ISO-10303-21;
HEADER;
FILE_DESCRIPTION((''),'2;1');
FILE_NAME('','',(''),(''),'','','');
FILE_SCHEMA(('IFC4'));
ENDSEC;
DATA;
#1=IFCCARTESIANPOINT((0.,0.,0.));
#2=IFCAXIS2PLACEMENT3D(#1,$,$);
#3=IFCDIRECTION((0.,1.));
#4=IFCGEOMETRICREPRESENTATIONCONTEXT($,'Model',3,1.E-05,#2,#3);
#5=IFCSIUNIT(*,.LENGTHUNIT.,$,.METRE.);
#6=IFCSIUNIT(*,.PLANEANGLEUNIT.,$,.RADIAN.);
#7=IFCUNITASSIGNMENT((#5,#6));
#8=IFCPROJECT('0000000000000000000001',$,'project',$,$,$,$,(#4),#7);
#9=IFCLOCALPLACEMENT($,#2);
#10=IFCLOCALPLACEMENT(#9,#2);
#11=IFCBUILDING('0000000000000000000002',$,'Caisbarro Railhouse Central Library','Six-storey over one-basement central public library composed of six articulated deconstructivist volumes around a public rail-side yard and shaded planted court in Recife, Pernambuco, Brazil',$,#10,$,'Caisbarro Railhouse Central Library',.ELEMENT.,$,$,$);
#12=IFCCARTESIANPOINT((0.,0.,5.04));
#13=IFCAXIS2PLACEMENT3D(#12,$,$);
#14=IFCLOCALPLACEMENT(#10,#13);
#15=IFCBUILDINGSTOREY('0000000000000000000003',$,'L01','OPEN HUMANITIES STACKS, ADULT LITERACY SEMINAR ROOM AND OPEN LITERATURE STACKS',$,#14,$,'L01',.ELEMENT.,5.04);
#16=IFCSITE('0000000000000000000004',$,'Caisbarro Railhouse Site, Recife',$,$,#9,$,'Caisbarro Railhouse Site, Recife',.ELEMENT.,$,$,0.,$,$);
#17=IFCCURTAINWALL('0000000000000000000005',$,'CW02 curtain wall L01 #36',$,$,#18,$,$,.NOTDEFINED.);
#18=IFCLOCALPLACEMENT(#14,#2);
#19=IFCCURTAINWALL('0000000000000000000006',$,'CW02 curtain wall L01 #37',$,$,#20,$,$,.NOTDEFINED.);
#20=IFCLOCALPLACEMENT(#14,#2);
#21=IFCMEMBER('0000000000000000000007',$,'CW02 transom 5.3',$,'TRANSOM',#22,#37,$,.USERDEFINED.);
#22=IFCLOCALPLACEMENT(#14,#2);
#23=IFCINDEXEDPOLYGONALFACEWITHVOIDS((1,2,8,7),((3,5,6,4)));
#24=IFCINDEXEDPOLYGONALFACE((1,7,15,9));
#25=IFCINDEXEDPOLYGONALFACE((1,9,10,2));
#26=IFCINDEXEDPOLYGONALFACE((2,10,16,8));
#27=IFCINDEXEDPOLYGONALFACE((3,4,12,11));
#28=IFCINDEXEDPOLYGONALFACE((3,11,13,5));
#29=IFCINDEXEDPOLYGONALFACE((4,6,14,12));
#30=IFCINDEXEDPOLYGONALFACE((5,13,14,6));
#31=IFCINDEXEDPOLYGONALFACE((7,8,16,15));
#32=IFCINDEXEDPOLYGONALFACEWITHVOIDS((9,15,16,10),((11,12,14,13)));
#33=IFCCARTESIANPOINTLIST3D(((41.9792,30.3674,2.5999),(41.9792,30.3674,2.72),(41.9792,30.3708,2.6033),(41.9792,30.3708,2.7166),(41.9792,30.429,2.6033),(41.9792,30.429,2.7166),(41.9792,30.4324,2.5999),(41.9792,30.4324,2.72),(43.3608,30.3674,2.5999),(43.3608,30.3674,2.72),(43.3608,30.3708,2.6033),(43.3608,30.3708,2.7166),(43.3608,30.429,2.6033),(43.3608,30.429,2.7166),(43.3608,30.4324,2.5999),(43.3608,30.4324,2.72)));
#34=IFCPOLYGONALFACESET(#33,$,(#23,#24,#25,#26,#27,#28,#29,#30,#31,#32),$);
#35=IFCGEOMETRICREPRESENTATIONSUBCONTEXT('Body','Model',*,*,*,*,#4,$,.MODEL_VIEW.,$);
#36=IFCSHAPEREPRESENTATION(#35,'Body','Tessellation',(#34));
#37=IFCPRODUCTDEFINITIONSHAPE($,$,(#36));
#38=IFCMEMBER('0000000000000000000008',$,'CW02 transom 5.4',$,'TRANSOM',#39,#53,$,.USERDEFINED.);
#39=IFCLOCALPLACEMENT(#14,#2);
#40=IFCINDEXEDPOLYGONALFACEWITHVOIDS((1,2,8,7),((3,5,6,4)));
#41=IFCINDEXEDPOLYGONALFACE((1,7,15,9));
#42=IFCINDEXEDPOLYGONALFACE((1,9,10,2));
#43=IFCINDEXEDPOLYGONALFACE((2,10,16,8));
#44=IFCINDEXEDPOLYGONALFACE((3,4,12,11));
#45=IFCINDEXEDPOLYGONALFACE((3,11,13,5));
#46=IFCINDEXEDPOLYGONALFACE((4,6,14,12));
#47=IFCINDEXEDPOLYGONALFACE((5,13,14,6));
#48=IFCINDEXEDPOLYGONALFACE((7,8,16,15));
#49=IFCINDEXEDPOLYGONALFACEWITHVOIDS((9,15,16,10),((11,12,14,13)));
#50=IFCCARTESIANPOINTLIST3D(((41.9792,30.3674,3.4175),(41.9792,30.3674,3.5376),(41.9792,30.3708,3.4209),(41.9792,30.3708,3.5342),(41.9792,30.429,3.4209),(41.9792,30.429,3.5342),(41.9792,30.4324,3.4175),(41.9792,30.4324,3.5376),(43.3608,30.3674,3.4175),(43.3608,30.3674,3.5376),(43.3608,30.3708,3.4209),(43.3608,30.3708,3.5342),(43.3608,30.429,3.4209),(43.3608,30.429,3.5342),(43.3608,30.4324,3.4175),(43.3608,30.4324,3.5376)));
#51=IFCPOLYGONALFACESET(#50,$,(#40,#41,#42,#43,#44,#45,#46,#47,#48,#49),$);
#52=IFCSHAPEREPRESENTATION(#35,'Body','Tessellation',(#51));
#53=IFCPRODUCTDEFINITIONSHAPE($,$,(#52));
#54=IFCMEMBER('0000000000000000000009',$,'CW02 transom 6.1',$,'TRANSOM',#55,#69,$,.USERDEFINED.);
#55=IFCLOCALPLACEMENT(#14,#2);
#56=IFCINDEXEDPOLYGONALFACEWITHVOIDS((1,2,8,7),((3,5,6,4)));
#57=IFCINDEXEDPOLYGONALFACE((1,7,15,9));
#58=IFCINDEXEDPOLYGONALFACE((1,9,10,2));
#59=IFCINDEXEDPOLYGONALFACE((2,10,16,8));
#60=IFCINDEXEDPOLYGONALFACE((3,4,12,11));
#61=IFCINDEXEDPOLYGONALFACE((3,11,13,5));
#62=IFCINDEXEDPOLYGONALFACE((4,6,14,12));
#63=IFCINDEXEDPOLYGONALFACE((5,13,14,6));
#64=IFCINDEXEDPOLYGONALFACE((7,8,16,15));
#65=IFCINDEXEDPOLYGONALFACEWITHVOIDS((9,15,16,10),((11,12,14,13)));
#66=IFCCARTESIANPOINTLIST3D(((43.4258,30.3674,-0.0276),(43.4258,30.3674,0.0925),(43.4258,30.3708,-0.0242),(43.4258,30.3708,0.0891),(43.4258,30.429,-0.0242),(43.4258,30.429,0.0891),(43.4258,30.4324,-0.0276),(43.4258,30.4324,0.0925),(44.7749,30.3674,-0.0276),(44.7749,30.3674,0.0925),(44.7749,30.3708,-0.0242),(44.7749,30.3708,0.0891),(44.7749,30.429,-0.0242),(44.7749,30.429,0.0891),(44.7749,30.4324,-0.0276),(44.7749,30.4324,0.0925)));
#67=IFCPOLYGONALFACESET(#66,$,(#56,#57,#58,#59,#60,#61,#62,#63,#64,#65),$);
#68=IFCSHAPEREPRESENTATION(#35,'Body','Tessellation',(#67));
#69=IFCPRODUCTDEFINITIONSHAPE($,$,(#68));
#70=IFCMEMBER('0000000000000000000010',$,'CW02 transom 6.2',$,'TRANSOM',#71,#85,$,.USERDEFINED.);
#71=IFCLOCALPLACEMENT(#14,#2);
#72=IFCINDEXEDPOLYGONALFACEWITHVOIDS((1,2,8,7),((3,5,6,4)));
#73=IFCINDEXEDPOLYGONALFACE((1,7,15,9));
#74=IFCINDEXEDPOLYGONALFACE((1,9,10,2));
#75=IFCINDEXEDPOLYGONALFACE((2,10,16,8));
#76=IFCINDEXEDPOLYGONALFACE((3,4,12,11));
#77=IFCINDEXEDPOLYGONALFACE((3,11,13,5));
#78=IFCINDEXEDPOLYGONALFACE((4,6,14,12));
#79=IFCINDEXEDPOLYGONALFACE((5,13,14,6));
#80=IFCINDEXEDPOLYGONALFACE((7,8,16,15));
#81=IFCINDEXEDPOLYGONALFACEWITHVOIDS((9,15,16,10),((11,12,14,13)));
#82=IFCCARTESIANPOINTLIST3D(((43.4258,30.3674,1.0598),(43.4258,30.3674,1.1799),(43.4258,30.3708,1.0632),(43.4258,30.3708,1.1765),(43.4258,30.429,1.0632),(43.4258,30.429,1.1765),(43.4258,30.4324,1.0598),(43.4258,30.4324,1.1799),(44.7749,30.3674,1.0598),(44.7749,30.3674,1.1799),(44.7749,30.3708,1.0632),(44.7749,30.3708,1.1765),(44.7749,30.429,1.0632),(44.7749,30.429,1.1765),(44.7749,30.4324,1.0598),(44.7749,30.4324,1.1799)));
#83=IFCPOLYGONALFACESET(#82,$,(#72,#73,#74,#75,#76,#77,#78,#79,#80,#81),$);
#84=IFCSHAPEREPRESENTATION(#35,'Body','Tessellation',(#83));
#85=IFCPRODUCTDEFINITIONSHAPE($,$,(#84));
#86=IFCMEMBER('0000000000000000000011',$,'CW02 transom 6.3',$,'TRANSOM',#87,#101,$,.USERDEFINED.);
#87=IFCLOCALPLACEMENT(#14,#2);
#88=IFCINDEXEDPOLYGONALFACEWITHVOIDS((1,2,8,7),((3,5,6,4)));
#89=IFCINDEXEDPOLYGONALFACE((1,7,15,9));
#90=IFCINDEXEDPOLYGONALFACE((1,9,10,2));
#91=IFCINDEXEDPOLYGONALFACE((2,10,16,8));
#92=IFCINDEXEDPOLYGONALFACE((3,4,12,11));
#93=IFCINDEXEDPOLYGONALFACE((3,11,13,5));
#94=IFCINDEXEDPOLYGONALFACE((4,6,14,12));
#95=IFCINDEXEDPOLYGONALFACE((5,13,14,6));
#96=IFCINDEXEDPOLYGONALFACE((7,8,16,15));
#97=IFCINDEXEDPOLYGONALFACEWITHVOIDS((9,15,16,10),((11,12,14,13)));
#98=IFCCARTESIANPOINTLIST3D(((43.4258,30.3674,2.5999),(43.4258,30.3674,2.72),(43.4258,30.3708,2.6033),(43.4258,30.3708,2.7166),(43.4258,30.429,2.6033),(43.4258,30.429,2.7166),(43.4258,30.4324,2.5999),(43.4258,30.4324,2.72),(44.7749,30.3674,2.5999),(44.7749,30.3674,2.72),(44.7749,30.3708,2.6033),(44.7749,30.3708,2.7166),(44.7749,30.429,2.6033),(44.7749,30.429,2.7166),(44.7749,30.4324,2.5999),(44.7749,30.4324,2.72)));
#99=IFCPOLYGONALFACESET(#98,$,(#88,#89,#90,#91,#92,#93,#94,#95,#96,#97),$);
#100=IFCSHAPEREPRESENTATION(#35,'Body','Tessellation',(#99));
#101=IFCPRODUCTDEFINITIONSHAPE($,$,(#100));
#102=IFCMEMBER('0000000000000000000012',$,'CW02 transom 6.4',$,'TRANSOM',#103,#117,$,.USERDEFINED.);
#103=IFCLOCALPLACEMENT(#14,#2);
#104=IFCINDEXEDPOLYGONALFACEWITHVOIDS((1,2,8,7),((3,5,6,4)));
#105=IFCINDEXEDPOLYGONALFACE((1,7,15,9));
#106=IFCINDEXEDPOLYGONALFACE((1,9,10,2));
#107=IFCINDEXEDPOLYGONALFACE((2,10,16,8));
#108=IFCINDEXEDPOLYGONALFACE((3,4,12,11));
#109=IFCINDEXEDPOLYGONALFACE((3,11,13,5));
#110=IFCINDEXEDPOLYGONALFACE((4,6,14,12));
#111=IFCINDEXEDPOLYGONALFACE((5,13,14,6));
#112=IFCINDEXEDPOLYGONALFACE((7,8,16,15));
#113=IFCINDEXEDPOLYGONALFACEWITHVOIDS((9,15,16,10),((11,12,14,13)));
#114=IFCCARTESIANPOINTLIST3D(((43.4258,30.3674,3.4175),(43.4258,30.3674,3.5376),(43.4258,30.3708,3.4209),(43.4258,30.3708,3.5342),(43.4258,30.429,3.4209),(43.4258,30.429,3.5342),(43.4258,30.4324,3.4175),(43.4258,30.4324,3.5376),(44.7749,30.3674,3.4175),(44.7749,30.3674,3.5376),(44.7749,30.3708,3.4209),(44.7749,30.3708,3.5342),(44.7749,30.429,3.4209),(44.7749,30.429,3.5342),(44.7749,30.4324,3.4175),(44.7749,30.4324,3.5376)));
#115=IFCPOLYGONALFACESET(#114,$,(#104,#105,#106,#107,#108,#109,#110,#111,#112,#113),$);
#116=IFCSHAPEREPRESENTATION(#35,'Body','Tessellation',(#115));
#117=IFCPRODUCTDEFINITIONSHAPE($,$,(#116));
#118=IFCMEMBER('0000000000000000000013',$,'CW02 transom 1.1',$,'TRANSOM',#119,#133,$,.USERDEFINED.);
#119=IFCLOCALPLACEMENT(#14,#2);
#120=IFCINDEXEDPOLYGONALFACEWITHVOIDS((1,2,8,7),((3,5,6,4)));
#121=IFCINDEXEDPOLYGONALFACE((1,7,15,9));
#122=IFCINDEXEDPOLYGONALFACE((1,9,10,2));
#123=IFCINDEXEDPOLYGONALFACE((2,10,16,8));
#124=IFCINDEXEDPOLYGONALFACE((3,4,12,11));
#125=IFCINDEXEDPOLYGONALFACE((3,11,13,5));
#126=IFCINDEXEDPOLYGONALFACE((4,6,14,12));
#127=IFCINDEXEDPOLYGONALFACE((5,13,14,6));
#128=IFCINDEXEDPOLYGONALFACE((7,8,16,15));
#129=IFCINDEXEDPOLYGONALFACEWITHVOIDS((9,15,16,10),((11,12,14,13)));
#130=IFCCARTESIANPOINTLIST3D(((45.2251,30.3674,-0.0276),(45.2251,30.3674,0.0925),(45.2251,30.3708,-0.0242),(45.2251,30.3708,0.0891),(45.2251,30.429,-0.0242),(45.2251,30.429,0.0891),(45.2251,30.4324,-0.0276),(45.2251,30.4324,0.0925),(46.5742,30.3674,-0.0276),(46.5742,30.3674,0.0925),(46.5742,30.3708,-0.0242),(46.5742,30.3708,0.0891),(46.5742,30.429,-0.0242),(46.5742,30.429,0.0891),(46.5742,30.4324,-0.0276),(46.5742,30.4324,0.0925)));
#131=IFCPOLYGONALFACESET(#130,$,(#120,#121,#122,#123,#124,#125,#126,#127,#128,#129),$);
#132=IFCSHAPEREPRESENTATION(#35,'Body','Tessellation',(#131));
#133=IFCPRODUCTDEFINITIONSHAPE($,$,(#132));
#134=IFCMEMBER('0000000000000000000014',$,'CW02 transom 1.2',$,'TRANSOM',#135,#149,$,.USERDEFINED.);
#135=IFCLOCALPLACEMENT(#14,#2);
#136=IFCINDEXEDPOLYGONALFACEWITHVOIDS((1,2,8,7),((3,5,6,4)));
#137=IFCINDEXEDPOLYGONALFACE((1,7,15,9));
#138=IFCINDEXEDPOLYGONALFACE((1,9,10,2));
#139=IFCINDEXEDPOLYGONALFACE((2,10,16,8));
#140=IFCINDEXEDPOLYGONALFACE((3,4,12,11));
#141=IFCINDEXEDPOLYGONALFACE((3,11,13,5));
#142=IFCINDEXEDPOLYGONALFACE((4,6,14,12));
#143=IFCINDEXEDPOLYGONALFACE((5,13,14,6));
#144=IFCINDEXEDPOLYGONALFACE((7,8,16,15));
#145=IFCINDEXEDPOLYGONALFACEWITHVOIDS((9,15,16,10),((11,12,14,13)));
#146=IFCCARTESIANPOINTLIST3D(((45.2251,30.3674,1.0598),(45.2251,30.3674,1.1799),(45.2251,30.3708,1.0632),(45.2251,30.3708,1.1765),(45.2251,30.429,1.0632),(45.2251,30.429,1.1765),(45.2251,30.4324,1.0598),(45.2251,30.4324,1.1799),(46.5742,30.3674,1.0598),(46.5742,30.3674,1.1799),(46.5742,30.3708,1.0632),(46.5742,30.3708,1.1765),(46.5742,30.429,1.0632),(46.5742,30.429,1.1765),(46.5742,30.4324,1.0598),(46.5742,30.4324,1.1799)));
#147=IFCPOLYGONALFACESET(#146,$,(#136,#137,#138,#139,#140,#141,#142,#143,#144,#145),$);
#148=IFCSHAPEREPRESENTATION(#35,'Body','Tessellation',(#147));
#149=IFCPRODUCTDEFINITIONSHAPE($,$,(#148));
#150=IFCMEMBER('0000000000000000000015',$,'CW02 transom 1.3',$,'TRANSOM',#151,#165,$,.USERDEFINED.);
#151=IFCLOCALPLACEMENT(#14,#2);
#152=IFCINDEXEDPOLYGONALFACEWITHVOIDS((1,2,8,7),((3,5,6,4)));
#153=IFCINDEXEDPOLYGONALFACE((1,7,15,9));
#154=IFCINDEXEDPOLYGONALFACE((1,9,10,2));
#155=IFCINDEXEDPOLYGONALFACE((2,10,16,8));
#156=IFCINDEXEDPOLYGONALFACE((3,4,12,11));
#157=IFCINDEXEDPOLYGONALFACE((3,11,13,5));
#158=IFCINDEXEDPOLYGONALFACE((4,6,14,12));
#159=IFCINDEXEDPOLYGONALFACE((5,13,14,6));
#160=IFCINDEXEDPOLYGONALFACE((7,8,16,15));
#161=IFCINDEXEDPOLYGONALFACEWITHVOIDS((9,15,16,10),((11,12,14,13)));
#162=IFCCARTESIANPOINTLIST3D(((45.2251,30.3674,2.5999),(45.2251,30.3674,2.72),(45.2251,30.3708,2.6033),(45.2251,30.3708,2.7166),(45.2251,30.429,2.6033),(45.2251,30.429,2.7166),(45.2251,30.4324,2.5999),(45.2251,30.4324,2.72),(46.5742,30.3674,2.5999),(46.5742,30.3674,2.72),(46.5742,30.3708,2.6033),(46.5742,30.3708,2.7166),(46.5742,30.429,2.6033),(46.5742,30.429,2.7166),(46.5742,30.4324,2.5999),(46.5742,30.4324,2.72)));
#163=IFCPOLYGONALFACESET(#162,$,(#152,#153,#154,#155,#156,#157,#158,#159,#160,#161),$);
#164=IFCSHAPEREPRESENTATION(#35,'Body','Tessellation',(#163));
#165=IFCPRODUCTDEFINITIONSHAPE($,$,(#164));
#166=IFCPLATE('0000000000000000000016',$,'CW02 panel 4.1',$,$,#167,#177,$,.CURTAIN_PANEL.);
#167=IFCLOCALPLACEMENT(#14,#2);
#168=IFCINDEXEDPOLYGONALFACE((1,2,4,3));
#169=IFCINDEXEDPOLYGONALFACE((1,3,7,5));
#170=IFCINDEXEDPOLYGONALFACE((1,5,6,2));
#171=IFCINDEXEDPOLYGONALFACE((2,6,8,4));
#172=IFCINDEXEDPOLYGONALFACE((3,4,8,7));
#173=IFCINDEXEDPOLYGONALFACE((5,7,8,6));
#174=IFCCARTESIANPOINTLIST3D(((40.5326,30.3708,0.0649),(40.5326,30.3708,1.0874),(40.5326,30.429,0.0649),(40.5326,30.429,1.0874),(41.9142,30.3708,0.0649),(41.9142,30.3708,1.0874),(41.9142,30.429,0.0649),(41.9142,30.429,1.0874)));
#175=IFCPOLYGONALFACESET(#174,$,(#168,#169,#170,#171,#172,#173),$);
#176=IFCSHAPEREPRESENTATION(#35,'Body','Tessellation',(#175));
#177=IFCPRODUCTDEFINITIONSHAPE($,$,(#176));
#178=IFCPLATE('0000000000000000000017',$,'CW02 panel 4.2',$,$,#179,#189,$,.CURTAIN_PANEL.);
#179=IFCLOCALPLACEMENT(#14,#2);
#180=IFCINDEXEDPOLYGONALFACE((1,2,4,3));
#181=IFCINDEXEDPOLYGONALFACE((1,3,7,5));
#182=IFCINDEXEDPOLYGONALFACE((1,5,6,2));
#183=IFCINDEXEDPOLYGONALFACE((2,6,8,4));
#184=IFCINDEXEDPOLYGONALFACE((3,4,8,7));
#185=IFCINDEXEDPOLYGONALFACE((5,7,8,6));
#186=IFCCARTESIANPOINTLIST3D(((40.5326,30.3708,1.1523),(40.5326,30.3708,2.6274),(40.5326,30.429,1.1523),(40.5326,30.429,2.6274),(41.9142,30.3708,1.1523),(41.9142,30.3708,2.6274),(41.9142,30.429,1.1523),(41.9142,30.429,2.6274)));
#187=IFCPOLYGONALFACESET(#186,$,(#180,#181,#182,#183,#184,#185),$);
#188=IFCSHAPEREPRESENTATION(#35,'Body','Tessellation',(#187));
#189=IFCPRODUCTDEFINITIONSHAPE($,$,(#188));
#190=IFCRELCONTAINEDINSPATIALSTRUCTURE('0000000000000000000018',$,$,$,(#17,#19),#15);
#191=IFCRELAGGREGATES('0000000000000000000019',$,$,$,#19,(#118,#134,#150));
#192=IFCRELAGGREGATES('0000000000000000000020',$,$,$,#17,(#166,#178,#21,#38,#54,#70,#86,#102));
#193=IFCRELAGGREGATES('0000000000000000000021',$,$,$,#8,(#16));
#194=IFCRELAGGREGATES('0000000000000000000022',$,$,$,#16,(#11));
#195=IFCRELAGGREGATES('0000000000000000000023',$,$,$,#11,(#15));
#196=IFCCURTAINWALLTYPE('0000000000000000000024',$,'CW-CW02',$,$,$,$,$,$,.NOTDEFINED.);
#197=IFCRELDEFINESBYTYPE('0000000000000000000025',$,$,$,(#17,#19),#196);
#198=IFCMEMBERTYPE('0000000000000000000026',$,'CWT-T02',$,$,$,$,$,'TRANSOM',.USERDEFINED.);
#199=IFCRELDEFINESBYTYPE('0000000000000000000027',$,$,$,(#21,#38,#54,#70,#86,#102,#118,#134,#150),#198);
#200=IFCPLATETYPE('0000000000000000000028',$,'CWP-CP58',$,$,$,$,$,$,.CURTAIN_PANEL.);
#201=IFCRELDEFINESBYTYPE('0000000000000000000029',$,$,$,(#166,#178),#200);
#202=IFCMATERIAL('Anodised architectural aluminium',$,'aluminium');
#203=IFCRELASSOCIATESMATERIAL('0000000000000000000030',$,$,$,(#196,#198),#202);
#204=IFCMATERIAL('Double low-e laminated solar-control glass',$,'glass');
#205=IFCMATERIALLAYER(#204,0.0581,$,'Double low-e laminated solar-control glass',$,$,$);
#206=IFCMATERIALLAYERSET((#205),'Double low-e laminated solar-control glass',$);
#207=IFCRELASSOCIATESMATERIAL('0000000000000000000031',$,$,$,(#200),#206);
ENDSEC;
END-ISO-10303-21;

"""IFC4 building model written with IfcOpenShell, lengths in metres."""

from ifc_helpers import new_model, si_unit, direction, frame, origin, origin_2d, place, context, subcontext, project, spatial, rectangle, hollow_rectangle, extrude, material, layer, layer_set, material_profile, profile_set, type_object, element, aggregate, save


model = new_model("IFC4")

# Units and contexts
model_context = context("Model", 3, precision=1e-05, world=origin(), true_north=direction((0.0, 1.0)))
body_context = subcontext(model_context, "Body", "Model", "MODEL_VIEW")
ifc_project = project(units=[si_unit("LENGTHUNIT", "METRE"), si_unit("PLANEANGLEUNIT", "RADIAN")], contexts=[model_context])

# Site, building, storey
site_placement = place(None, origin())
site = spatial("IfcSite", under=ifc_project, at=site_placement, Name="Caisbarro Railhouse Site, Recife", LongName="Caisbarro Railhouse Site, Recife", CompositionType="ELEMENT", RefElevation=0.0)
building_placement = place(site_placement, origin())
building = spatial("IfcBuilding", under=site, at=building_placement, Name="Caisbarro Railhouse Central Library", Description="Six-storey over one-basement central public library composed of six articulated deconstructivist volumes around a public rail-side yard and shaded planted court in Recife, Pernambuco, Brazil", LongName="Caisbarro Railhouse Central Library", CompositionType="ELEMENT")
storey_placement = place(building_placement, frame((0.0, 0.0, 5.04)))
storey = spatial("IfcBuildingStorey", under=building, at=storey_placement, Name="L01", Description="OPEN HUMANITIES STACKS, ADULT LITERACY SEMINAR ROOM AND OPEN LITERATURE STACKS", LongName="L01", CompositionType="ELEMENT", Elevation=5.04)

# Curtain wall
ifc_material_1 = material(Name="Anodised architectural aluminium", Category="aluminium")
curtain_wall_type = type_object("IfcCurtainWallType", Name="CW-CW02", PredefinedType="NOTDEFINED", material=ifc_material_1)
curtain_wall_1_placement = place(storey_placement, origin())
curtain_wall_1 = element("IfcCurtainWall", 1, at=curtain_wall_1_placement, inside=storey, type_object=curtain_wall_type, Name="CW02 curtain wall L01 #36", PredefinedType="NOTDEFINED")

# Curtain wall
curtain_wall_2_placement = place(storey_placement, origin())
curtain_wall_2 = element("IfcCurtainWall", 2, at=curtain_wall_2_placement, inside=storey, type_object=curtain_wall_type, Name="CW02 curtain wall L01 #37", PredefinedType="NOTDEFINED")

# Members
ifc_material_profile_1 = material_profile(ifc_material_1, hollow_rectangle(XDim=0.0649, YDim=0.1201, WallThickness=0.0034, at=origin_2d()), Name="ALU-TRN-65X120")
ifc_profile_set_1 = profile_set([ifc_material_profile_1], Name="Anodised architectural aluminium")
member_type_1 = type_object("IfcMemberType", Name="CWT-T02", ElementType="TRANSOM", PredefinedType="USERDEFINED", material=ifc_profile_set_1)
member_1_placement = place(storey_placement, frame((41.9792, 30.3999, 2.6599), z_axis=(1.0, 0.0, 0.0), x_axis=(0.0, 1.0, 0.0)))
member_1 = element("IfcMember", 3, at=member_1_placement, type_object=member_type_1, Name="CW02 transom 5.3", ObjectType="TRANSOM", PredefinedType="USERDEFINED", context=body_context, shape_type="SweptSolid", body=[
    extrude(hollow_rectangle(XDim=0.0649, YDim=0.1201, WallThickness=0.0034, at=origin_2d()), origin(), (0.0, 0.0, 1.0), 1.3816),
])
member_2_placement = place(storey_placement, frame((41.9792, 30.3999, 3.4775), z_axis=(1.0, 0.0, 0.0), x_axis=(0.0, 1.0, 0.0)))
member_2 = element("IfcMember", 4, at=member_2_placement, type_object=member_type_1, Name="CW02 transom 5.4", ObjectType="TRANSOM", PredefinedType="USERDEFINED", context=body_context, shape_type="SweptSolid", body=[
    extrude(hollow_rectangle(XDim=0.0649, YDim=0.1201, WallThickness=0.0034, at=origin_2d()), origin(), (0.0, 0.0, 1.0), 1.3816),
])
member_3_placement = place(storey_placement, frame((43.4258, 30.3999, 0.0325), z_axis=(1.0, 0.0, 0.0), x_axis=(0.0, 1.0, 0.0)))
member_3 = element("IfcMember", 5, at=member_3_placement, type_object=member_type_1, Name="CW02 transom 6.1", ObjectType="TRANSOM", PredefinedType="USERDEFINED", context=body_context, shape_type="SweptSolid", body=[
    extrude(hollow_rectangle(XDim=0.0649, YDim=0.1201, WallThickness=0.0034, at=origin_2d()), origin(), (0.0, 0.0, 1.0), 1.3491),
])
member_4_placement = place(storey_placement, frame((43.4258, 30.3999, 1.1199), z_axis=(1.0, 0.0, 0.0), x_axis=(0.0, 1.0, 0.0)))
member_4 = element("IfcMember", 6, at=member_4_placement, type_object=member_type_1, Name="CW02 transom 6.2", ObjectType="TRANSOM", PredefinedType="USERDEFINED", context=body_context, shape_type="SweptSolid", body=[
    extrude(hollow_rectangle(XDim=0.0649, YDim=0.1201, WallThickness=0.0034, at=origin_2d()), origin(), (0.0, 0.0, 1.0), 1.3491),
])
member_5_placement = place(storey_placement, frame((43.4258, 30.3999, 2.6599), z_axis=(1.0, 0.0, 0.0), x_axis=(0.0, 1.0, 0.0)))
member_5 = element("IfcMember", 7, at=member_5_placement, type_object=member_type_1, Name="CW02 transom 6.3", ObjectType="TRANSOM", PredefinedType="USERDEFINED", context=body_context, shape_type="SweptSolid", body=[
    extrude(hollow_rectangle(XDim=0.0649, YDim=0.1201, WallThickness=0.0034, at=origin_2d()), origin(), (0.0, 0.0, 1.0), 1.3491),
])
member_6_placement = place(storey_placement, frame((43.4258, 30.3999, 3.4775), z_axis=(1.0, 0.0, 0.0), x_axis=(0.0, 1.0, 0.0)))
member_6 = element("IfcMember", 8, at=member_6_placement, type_object=member_type_1, Name="CW02 transom 6.4", ObjectType="TRANSOM", PredefinedType="USERDEFINED", context=body_context, shape_type="SweptSolid", body=[
    extrude(hollow_rectangle(XDim=0.0649, YDim=0.1201, WallThickness=0.0034, at=origin_2d()), origin(), (0.0, 0.0, 1.0), 1.3491),
])
member_7_placement = place(storey_placement, frame((45.2251, 30.3999, 0.0325), z_axis=(1.0, 0.0, 0.0), x_axis=(0.0, 1.0, 0.0)))
member_7 = element("IfcMember", 9, at=member_7_placement, type_object=member_type_1, Name="CW02 transom 1.1", ObjectType="TRANSOM", PredefinedType="USERDEFINED", context=body_context, shape_type="SweptSolid", body=[
    extrude(hollow_rectangle(XDim=0.0649, YDim=0.1201, WallThickness=0.0034, at=origin_2d()), origin(), (0.0, 0.0, 1.0), 1.3491),
])
member_8_placement = place(storey_placement, frame((45.2251, 30.3999, 1.1199), z_axis=(1.0, 0.0, 0.0), x_axis=(0.0, 1.0, 0.0)))
member_8 = element("IfcMember", 10, at=member_8_placement, type_object=member_type_1, Name="CW02 transom 1.2", ObjectType="TRANSOM", PredefinedType="USERDEFINED", context=body_context, shape_type="SweptSolid", body=[
    extrude(hollow_rectangle(XDim=0.0649, YDim=0.1201, WallThickness=0.0034, at=origin_2d()), origin(), (0.0, 0.0, 1.0), 1.3491),
])
member_9_placement = place(storey_placement, frame((45.2251, 30.3999, 2.6599), z_axis=(1.0, 0.0, 0.0), x_axis=(0.0, 1.0, 0.0)))
member_9 = element("IfcMember", 11, at=member_9_placement, type_object=member_type_1, Name="CW02 transom 1.3", ObjectType="TRANSOM", PredefinedType="USERDEFINED", context=body_context, shape_type="SweptSolid", body=[
    extrude(hollow_rectangle(XDim=0.0649, YDim=0.1201, WallThickness=0.0034, at=origin_2d()), origin(), (0.0, 0.0, 1.0), 1.3491),
])
aggregate(curtain_wall_2, [member_7, member_8, member_9])

# Plates
ifc_material_2 = material(Name="Double low-e laminated solar-control glass", Category="glass")
ifc_layer_1 = layer(ifc_material_2, 0.0581, Name="Double low-e laminated solar-control glass")
ifc_layer_set_1 = layer_set([ifc_layer_1], Name="Double low-e laminated solar-control glass")
plate_type = type_object("IfcPlateType", Name="CWP-CP58", PredefinedType="CURTAIN_PANEL", material=ifc_layer_set_1)
plate_1_placement = place(storey_placement, frame((41.2234, 30.3999, 0.0649), z_axis=(0.0, 0.0, 1.0), x_axis=(1.0, 0.0, 0.0)))
plate_1 = element("IfcPlate", 12, at=plate_1_placement, type_object=plate_type, Name="CW02 panel 4.1", PredefinedType="CURTAIN_PANEL", context=body_context, shape_type="SweptSolid", body=[
    extrude(rectangle(XDim=1.3816, YDim=0.0581, at=origin_2d()), origin(), (0.0, 0.0, 1.0), 1.0225),
])
plate_2_placement = place(storey_placement, frame((41.2234, 30.3999, 1.1523), z_axis=(0.0, 0.0, 1.0), x_axis=(1.0, 0.0, 0.0)))
plate_2 = element("IfcPlate", 13, at=plate_2_placement, type_object=plate_type, Name="CW02 panel 4.2", PredefinedType="CURTAIN_PANEL", context=body_context, shape_type="SweptSolid", body=[
    extrude(rectangle(XDim=1.3816, YDim=0.0581, at=origin_2d()), origin(), (0.0, 0.0, 1.0), 1.4751),
])
aggregate(curtain_wall_1, [plate_1, plate_2, member_1, member_2, member_3, member_4, member_5, member_6])

save(model, "model.ifc")
